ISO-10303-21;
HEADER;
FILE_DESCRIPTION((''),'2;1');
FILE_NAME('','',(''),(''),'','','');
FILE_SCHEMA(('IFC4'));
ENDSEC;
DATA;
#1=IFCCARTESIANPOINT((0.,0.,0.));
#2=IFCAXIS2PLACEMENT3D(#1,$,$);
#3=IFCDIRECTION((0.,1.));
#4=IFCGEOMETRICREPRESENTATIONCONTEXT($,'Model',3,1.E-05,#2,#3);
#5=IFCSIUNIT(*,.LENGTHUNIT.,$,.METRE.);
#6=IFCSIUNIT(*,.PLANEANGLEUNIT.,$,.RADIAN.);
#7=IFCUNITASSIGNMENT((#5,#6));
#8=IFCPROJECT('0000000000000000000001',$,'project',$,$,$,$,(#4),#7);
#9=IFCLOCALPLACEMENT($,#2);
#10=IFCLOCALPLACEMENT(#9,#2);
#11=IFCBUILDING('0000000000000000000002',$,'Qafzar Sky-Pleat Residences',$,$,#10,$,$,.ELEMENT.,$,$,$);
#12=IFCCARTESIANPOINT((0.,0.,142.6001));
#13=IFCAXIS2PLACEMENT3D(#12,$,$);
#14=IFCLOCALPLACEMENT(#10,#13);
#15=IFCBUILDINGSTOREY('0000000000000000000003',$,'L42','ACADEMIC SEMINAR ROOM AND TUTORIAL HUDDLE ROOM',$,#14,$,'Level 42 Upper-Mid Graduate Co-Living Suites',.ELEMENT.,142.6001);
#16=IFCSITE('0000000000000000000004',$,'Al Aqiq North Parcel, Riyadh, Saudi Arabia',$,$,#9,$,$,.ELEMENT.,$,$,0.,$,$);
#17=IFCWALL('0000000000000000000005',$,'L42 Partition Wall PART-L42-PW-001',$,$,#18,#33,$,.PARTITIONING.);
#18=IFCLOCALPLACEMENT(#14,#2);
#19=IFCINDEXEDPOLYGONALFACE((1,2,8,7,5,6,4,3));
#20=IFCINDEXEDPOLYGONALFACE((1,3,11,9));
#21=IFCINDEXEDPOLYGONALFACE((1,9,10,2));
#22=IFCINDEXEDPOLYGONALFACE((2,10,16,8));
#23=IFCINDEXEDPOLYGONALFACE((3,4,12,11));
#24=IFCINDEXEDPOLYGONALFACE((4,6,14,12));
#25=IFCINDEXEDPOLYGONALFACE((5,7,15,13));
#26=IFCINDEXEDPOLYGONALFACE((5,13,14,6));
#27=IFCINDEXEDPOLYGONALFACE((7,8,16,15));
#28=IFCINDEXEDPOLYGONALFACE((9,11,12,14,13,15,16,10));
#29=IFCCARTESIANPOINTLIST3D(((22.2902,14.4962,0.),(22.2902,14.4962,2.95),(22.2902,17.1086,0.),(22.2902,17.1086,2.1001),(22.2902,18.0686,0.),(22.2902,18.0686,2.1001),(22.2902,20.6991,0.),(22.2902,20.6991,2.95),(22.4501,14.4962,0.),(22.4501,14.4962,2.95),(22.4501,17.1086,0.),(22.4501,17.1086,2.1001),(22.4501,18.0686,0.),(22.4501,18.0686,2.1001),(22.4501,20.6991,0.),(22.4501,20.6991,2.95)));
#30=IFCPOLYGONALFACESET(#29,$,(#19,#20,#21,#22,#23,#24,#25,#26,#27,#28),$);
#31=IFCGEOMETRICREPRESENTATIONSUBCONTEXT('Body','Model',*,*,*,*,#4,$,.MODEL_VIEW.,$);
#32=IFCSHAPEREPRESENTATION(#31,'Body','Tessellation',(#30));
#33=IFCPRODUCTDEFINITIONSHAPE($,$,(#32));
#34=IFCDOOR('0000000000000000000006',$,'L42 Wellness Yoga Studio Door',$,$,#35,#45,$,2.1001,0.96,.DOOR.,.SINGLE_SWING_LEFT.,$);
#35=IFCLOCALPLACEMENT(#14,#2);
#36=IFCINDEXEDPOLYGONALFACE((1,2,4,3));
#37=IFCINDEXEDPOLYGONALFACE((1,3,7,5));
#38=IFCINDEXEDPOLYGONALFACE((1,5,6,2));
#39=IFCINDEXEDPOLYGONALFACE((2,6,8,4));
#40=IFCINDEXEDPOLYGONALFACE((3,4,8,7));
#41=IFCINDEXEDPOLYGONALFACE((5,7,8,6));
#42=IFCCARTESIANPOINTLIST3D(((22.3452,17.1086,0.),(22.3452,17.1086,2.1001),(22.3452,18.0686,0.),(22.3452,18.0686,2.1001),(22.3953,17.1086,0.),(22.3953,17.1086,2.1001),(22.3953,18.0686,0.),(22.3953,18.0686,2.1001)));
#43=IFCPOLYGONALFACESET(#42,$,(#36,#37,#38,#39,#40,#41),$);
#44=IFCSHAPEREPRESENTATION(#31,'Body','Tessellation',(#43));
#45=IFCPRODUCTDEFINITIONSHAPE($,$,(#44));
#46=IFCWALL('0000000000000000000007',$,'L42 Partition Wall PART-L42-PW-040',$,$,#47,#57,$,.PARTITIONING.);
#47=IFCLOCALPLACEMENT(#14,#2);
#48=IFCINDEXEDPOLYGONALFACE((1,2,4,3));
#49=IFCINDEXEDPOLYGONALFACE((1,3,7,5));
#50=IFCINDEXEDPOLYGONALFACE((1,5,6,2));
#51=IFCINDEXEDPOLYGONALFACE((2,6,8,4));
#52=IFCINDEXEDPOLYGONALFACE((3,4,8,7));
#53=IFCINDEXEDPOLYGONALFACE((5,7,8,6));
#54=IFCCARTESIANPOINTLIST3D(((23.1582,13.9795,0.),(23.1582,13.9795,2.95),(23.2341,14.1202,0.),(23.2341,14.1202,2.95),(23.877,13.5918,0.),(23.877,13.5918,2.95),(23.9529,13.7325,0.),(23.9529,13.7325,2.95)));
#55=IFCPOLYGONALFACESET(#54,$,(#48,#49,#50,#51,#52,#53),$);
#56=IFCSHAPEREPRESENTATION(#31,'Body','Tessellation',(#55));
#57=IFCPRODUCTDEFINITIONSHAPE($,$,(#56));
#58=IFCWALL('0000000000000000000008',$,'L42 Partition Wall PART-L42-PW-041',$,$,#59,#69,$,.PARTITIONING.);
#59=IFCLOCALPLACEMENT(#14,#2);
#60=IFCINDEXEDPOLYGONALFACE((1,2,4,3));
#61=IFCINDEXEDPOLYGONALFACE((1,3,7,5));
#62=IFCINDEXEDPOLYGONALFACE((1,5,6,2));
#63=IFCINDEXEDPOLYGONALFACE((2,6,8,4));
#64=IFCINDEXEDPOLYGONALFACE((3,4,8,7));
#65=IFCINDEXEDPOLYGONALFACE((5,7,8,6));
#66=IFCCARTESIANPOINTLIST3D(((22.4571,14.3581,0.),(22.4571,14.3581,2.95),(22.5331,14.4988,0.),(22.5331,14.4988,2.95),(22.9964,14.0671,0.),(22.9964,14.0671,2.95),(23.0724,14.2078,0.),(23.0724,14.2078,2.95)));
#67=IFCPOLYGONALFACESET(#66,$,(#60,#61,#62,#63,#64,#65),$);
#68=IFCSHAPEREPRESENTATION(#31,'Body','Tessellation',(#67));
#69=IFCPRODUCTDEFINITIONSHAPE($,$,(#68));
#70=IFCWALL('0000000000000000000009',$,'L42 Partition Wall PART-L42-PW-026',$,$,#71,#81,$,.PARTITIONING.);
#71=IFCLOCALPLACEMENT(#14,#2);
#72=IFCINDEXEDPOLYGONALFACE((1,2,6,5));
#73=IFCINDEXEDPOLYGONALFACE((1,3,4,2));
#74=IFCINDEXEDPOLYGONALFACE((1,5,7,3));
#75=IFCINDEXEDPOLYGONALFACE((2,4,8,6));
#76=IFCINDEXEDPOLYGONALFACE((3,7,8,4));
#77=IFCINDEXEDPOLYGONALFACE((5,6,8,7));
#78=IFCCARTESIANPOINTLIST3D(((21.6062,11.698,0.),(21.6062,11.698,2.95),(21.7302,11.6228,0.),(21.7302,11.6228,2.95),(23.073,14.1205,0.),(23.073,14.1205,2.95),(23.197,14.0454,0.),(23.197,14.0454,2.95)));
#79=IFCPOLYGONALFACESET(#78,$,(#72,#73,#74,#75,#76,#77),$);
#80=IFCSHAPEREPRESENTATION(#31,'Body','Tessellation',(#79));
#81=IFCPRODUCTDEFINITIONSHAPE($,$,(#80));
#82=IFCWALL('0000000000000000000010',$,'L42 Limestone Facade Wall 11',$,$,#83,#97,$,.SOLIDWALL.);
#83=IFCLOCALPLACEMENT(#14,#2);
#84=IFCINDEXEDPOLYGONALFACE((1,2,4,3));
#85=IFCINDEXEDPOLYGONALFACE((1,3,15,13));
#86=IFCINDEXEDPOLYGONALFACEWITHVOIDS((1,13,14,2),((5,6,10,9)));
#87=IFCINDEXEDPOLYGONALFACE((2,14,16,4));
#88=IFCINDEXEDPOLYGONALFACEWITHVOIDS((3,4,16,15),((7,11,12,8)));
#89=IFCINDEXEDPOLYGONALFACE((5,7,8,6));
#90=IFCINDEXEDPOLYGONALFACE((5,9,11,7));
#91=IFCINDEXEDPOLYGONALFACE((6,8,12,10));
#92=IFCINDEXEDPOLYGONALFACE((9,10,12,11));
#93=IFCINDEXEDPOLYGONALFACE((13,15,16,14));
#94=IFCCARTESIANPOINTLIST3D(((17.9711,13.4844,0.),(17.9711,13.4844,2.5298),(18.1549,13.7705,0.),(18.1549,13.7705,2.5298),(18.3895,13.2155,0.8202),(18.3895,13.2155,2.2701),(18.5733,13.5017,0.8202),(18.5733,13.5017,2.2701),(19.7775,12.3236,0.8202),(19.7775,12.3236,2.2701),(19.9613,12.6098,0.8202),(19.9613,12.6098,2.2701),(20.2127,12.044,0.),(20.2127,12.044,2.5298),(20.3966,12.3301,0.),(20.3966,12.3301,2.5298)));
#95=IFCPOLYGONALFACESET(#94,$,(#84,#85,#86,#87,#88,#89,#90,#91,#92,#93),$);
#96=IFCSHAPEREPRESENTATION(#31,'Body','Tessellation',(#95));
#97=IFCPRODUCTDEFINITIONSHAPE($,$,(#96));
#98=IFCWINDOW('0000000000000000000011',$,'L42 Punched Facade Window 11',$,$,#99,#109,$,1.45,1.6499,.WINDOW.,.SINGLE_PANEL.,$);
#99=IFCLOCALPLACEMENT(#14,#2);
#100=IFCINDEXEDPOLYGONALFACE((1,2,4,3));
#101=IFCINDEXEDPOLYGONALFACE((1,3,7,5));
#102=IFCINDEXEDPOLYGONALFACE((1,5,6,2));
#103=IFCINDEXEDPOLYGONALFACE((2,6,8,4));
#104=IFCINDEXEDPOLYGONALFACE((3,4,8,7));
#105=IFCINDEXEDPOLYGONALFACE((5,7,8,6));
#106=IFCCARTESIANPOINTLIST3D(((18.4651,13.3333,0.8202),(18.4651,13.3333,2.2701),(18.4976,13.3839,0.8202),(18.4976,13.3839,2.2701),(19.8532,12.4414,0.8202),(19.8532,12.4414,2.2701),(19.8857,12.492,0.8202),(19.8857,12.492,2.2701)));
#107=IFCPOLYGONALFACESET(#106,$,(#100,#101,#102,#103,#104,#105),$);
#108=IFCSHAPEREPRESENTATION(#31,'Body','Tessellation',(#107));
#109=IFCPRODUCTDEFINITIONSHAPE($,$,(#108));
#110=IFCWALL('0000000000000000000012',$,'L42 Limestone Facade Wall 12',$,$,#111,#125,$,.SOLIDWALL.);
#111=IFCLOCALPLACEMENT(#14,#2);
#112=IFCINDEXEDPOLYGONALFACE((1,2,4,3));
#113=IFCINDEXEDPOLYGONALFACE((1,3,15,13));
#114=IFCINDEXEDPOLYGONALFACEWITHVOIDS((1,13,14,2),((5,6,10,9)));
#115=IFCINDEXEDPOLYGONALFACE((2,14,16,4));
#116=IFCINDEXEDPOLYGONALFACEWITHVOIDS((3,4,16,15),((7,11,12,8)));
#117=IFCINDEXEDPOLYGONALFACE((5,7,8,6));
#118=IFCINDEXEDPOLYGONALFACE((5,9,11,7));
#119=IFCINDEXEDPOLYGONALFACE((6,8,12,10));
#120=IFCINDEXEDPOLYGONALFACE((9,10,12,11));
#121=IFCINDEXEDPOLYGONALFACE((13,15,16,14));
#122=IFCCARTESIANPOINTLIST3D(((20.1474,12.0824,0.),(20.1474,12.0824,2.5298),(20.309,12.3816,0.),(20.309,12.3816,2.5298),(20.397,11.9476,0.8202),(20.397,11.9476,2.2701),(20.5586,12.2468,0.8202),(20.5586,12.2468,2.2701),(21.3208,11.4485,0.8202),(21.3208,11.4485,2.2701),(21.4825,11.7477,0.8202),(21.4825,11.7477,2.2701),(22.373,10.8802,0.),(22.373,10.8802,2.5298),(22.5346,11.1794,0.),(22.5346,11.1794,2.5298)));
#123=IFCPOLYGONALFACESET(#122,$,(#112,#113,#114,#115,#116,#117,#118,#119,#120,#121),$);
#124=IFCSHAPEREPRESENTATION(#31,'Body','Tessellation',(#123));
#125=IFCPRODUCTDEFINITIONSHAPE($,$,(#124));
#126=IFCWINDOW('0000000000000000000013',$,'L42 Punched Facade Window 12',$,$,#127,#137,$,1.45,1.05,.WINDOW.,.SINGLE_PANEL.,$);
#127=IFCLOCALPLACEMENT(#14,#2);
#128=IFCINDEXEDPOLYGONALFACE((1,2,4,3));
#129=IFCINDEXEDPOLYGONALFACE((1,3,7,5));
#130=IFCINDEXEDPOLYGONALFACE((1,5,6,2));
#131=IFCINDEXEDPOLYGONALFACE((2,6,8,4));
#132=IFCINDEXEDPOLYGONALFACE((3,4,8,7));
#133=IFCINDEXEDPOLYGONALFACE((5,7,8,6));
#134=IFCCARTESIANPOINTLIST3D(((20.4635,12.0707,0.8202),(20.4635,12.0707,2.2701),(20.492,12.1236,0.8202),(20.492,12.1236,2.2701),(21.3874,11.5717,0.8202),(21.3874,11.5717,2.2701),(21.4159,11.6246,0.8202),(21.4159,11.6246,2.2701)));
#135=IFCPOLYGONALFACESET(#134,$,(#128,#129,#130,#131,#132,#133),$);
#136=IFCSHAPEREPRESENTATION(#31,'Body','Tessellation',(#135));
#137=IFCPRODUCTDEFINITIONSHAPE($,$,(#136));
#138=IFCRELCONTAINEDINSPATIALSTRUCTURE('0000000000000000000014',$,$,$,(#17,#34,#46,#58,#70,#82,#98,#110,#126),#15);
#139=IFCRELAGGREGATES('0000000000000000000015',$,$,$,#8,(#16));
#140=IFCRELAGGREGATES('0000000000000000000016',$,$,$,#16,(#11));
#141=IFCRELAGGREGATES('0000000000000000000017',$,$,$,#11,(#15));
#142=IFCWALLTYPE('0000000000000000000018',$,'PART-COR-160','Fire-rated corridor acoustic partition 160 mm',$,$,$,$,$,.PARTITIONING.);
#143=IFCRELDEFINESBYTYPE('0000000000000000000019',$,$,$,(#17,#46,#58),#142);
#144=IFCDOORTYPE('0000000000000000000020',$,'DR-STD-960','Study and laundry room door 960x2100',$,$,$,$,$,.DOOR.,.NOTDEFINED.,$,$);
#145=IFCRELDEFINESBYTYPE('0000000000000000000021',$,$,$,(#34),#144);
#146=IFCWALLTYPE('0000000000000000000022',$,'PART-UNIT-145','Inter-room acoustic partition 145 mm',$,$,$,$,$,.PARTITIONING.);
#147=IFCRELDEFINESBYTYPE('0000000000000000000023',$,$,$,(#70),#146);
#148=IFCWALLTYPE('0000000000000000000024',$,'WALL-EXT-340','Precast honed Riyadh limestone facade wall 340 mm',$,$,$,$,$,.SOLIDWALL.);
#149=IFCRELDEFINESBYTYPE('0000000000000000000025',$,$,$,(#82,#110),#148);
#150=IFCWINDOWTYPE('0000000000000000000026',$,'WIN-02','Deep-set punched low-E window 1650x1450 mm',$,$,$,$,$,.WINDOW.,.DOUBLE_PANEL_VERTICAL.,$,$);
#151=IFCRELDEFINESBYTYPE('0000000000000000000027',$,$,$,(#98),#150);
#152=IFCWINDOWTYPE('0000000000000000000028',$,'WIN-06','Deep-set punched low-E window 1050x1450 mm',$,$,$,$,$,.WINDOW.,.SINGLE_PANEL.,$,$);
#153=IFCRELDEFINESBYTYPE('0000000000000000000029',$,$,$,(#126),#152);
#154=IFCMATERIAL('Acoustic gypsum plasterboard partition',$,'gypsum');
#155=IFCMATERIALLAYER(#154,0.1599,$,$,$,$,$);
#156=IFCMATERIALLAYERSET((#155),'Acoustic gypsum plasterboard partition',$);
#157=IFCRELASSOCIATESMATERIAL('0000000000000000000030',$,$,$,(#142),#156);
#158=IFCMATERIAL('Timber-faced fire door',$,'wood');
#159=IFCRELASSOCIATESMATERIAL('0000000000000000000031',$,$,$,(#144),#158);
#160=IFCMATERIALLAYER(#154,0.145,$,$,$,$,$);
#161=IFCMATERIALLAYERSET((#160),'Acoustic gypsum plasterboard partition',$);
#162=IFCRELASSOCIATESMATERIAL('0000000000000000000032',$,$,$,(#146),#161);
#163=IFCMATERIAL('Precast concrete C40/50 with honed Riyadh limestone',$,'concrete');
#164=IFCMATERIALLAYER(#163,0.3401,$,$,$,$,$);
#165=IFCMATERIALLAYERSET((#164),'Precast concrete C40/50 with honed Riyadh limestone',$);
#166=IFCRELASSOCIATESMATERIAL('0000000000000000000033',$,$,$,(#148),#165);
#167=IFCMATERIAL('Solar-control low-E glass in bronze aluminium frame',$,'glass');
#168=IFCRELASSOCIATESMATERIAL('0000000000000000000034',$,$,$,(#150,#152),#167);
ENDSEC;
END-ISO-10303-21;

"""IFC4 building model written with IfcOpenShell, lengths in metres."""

from ifc_helpers import new_model, si_unit, direction, frame, frame_2d, origin, place, context, subcontext, project, spatial, rectangle, extrude, source, transform, mapped, material, layer, layer_set, type_object, element, fill, save


model = new_model("IFC4")

# Units and contexts
model_context = context("Model", 3, precision=1e-05, world=origin(), true_north=direction((0.0, 1.0)))
body_context = subcontext(model_context, "Body", "Model", "MODEL_VIEW")
ifc_project = project(units=[si_unit("LENGTHUNIT", "METRE"), si_unit("PLANEANGLEUNIT", "RADIAN")], contexts=[model_context])

# Site, building, storey
site_placement = place(None, origin())
site = spatial("IfcSite", under=ifc_project, at=site_placement, Name="Al Aqiq North Parcel, Riyadh, Saudi Arabia", CompositionType="ELEMENT", RefElevation=0.0)
building_placement = place(site_placement, origin())
building = spatial("IfcBuilding", under=site, at=building_placement, Name="Qafzar Sky-Pleat Residences", CompositionType="ELEMENT")
storey_placement = place(building_placement, frame((0.0, 0.0, 142.6001)))
storey = spatial("IfcBuildingStorey", under=building, at=storey_placement, Name="L42", Description="ACADEMIC SEMINAR ROOM AND TUTORIAL HUDDLE ROOM", LongName="Level 42 Upper-Mid Graduate Co-Living Suites", CompositionType="ELEMENT", Elevation=142.6001)

# Wall, opening, door
ifc_material_1 = material(Name="Acoustic gypsum plasterboard partition", Category="gypsum")
ifc_layer_1 = layer(ifc_material_1, 0.1599)
ifc_layer_set_1 = layer_set([ifc_layer_1], Name="Acoustic gypsum plasterboard partition")
wall_type_1 = type_object("IfcWallType", Name="PART-COR-160", Description="Fire-rated corridor acoustic partition 160 mm", PredefinedType="PARTITIONING", material=ifc_layer_set_1)
wall_1_placement = place(storey_placement, frame((22.3701, 14.4961, 0.0), z_axis=(0.0, 0.0, 1.0), x_axis=(0.0, 1.0, 0.0)))
wall_1 = element("IfcWall", 1, at=wall_1_placement, inside=storey, type_object=wall_type_1, Name="L42 Partition Wall PART-L42-PW-001", PredefinedType="PARTITIONING", context=body_context, shape_type="SweptSolid", body=[
    extrude(rectangle(XDim=6.2029, YDim=0.1599, at=frame_2d((3.1016, 0.0))), origin(), (0.0, 0.0, 1.0), 2.95),
])
opening_1_placement = place(wall_1_placement, frame((2.6125, 0.0, 0.0)))
opening_1 = element("IfcOpeningElement", 2, at=opening_1_placement, cuts=wall_1, PredefinedType="OPENING", context=body_context, shape_type="SweptSolid", body=[
    extrude(rectangle(XDim=0.96, YDim=2.1001, at=frame_2d((0.48, 1.05))), frame((0.0, 0.0898, 0.0), z_axis=(0.0, -1.0, 0.0), x_axis=(1.0, 0.0, 0.0)), (0.0, 0.0, 1.0), 0.1799),
])
ifc_material_2 = material(Name="Timber-faced fire door", Category="wood")
door_type = type_object("IfcDoorType", Name="DR-STD-960", Description="Study and laundry room door 960x2100", OperationType="NOTDEFINED", PredefinedType="DOOR", material=ifc_material_2)
shared_shape_1 = source(origin(), body_context, "Body", "SweptSolid", [
    extrude(rectangle(XDim=0.96, YDim=2.1001, at=frame_2d((0.48, 1.05))), frame((0.0, 0.0249, 0.0), z_axis=(0.0, -1.0, 0.0), x_axis=(1.0, 0.0, 0.0)), (0.0, 0.0, 1.0), 0.05),
])
door_placement = place(opening_1_placement, origin())
door = element("IfcDoor", 3, at=door_placement, inside=storey, type_object=door_type, Name="L42 Wellness Yoga Studio Door", OperationType="SINGLE_SWING_LEFT", OverallHeight=2.1001, OverallWidth=0.96, PredefinedType="DOOR", context=body_context, shape_type="MappedRepresentation", body=[
    mapped(shared_shape_1, transform((0.0, 0.0, 0.0), x_axis=(1.0, 0.0, 0.0), y_axis=(0.0, 1.0, 0.0), z_axis=(0.0, 0.0, 1.0), scale=1.0)),
])
fill(opening_1, door)

# Walls
wall_2_placement = place(storey_placement, frame((23.1963, 14.0498, 0.0), z_axis=(0.0, 0.0, 1.0), x_axis=(0.880125, -0.474741, 0.0)))
element("IfcWall", 4, at=wall_2_placement, inside=storey, type_object=wall_type_1, Name="L42 Partition Wall PART-L42-PW-040", PredefinedType="PARTITIONING", context=body_context, shape_type="SweptSolid", body=[
    extrude(rectangle(XDim=0.8167, YDim=0.1599, at=frame_2d((0.4082, 0.0))), origin(), (0.0, 0.0, 1.0), 2.95),
])
wall_3_placement = place(storey_placement, frame((22.4951, 14.4285, 0.0), z_axis=(0.0, 0.0, 1.0), x_axis=(0.880049, -0.474884, 0.0)))
element("IfcWall", 5, at=wall_3_placement, inside=storey, type_object=wall_type_1, Name="L42 Partition Wall PART-L42-PW-041", PredefinedType="PARTITIONING", context=body_context, shape_type="SweptSolid", body=[
    extrude(rectangle(XDim=0.6128, YDim=0.1599, at=frame_2d((0.3064, 0.0))), origin(), (0.0, 0.0, 1.0), 2.95),
])
ifc_layer_2 = layer(ifc_material_1, 0.145)
ifc_layer_set_2 = layer_set([ifc_layer_2], Name="Acoustic gypsum plasterboard partition")
wall_type_2 = type_object("IfcWallType", Name="PART-UNIT-145", Description="Inter-room acoustic partition 145 mm", PredefinedType="PARTITIONING", material=ifc_layer_set_2)
wall_4_placement = place(storey_placement, frame((21.6682, 11.6604, 0.0), z_axis=(0.0, 0.0, 1.0), x_axis=(0.517927, 0.855425, 0.0)))
element("IfcWall", 6, at=wall_4_placement, inside=storey, type_object=wall_type_2, Name="L42 Partition Wall PART-L42-PW-026", PredefinedType="PARTITIONING", context=body_context, shape_type="SweptSolid", body=[
    extrude(rectangle(XDim=2.832, YDim=0.145, at=frame_2d((1.416, 0.0))), origin(), (0.0, 0.0, 1.0), 2.95),
])

# Walls, openings, windows
ifc_material_3 = material(Name="Precast concrete C40/50 with honed Riyadh limestone", Category="concrete")
ifc_layer_3 = layer(ifc_material_3, 0.3401)
ifc_layer_set_3 = layer_set([ifc_layer_3], Name="Precast concrete C40/50 with honed Riyadh limestone")
wall_type_3 = type_object("IfcWallType", Name="WALL-EXT-340", Description="Precast honed Riyadh limestone facade wall 340 mm", PredefinedType="SOLIDWALL", material=ifc_layer_set_3)
wall_5_placement = place(storey_placement, frame((18.063, 13.6274, 0.0), z_axis=(0.0, 0.0, 1.0), x_axis=(0.841292, -0.540582, 0.0)))
wall_5 = element("IfcWall", 7, at=wall_5_placement, inside=storey, type_object=wall_type_3, Name="L42 Limestone Facade Wall 11", PredefinedType="SOLIDWALL", context=body_context, shape_type="SweptSolid", body=[
    extrude(rectangle(XDim=2.6646, YDim=0.3401, at=frame_2d((1.3323, 0.0))), origin(), (0.0, 0.0, 1.0), 2.5298),
])
opening_2_placement = place(wall_5_placement, frame((0.4973, 0.0, 0.8201)))
opening_2 = element("IfcOpeningElement", 8, at=opening_2_placement, cuts=wall_5, PredefinedType="OPENING", context=body_context, shape_type="SweptSolid", body=[
    extrude(rectangle(XDim=1.6499, YDim=1.45, at=frame_2d((0.825, 0.7251))), frame((0.0, 0.1802, 0.0), z_axis=(0.0, -1.0, 0.0), x_axis=(1.0, 0.0, 0.0)), (0.0, 0.0, 1.0), 0.3601),
])
ifc_material_4 = material(Name="Solar-control low-E glass in bronze aluminium frame", Category="glass")
window_type_1 = type_object("IfcWindowType", Name="WIN-02", Description="Deep-set punched low-E window 1650x1450 mm", PartitioningType="DOUBLE_PANEL_VERTICAL", PredefinedType="WINDOW", material=ifc_material_4)
shared_shape_2 = source(origin(), body_context, "Body", "SweptSolid", [
    extrude(rectangle(XDim=1.6499, YDim=1.45, at=frame_2d((0.825, 0.7251))), frame((0.0, 0.03, 0.0), z_axis=(0.0, -1.0, 0.0), x_axis=(1.0, 0.0, 0.0)), (0.0, 0.0, 1.0), 0.0601),
])
window_1_placement = place(opening_2_placement, origin())
window_1 = element("IfcWindow", 9, at=window_1_placement, inside=storey, type_object=window_type_1, Name="L42 Punched Facade Window 11", OverallHeight=1.45, OverallWidth=1.6499, PartitioningType="SINGLE_PANEL", PredefinedType="WINDOW", context=body_context, shape_type="MappedRepresentation", body=[
    mapped(shared_shape_2, transform((0.0, 0.0, 0.0), x_axis=(1.0, 0.0, 0.0), y_axis=(0.0, 1.0, 0.0), z_axis=(0.0, 0.0, 1.0), scale=1.0)),
])
fill(opening_2, window_1)
wall_6_placement = place(storey_placement, frame((20.2283, 12.2319, 0.0), z_axis=(0.0, 0.0, 1.0), x_axis=(0.879851, -0.475251, 0.0)))
wall_6 = element("IfcWall", 10, at=wall_6_placement, inside=storey, type_object=wall_type_3, Name="L42 Limestone Facade Wall 12", PredefinedType="SOLIDWALL", context=body_context, shape_type="SweptSolid", body=[
    extrude(rectangle(XDim=2.5295, YDim=0.3401, at=frame_2d((1.2646, 0.0))), origin(), (0.0, 0.0, 1.0), 2.5298),
])
opening_3_placement = place(wall_6_placement, frame((0.2837, 0.0, 0.8201)))
opening_3 = element("IfcOpeningElement", 11, at=opening_3_placement, cuts=wall_6, PredefinedType="OPENING", context=body_context, shape_type="SweptSolid", body=[
    extrude(rectangle(XDim=1.05, YDim=1.45, at=frame_2d((0.5249, 0.7251))), frame((0.0, 0.1802, 0.0), z_axis=(0.0, -1.0, 0.0), x_axis=(1.0, 0.0, 0.0)), (0.0, 0.0, 1.0), 0.3601),
])
window_type_2 = type_object("IfcWindowType", Name="WIN-06", Description="Deep-set punched low-E window 1050x1450 mm", PartitioningType="SINGLE_PANEL", PredefinedType="WINDOW", material=ifc_material_4)
shared_shape_3 = source(origin(), body_context, "Body", "SweptSolid", [
    extrude(rectangle(XDim=1.05, YDim=1.45, at=frame_2d((0.5249, 0.7251))), frame((0.0, 0.03, 0.0), z_axis=(0.0, -1.0, 0.0), x_axis=(1.0, 0.0, 0.0)), (0.0, 0.0, 1.0), 0.0601),
])
window_2_placement = place(opening_3_placement, origin())
window_2 = element("IfcWindow", 12, at=window_2_placement, inside=storey, type_object=window_type_2, Name="L42 Punched Facade Window 12", OverallHeight=1.45, OverallWidth=1.05, PartitioningType="SINGLE_PANEL", PredefinedType="WINDOW", context=body_context, shape_type="MappedRepresentation", body=[
    mapped(shared_shape_3, transform((0.0, 0.0, 0.0), x_axis=(1.0, 0.0, 0.0), y_axis=(0.0, 1.0, 0.0), z_axis=(0.0, 0.0, 1.0), scale=1.0)),
])
fill(opening_3, window_2)

save(model, "model.ifc")
